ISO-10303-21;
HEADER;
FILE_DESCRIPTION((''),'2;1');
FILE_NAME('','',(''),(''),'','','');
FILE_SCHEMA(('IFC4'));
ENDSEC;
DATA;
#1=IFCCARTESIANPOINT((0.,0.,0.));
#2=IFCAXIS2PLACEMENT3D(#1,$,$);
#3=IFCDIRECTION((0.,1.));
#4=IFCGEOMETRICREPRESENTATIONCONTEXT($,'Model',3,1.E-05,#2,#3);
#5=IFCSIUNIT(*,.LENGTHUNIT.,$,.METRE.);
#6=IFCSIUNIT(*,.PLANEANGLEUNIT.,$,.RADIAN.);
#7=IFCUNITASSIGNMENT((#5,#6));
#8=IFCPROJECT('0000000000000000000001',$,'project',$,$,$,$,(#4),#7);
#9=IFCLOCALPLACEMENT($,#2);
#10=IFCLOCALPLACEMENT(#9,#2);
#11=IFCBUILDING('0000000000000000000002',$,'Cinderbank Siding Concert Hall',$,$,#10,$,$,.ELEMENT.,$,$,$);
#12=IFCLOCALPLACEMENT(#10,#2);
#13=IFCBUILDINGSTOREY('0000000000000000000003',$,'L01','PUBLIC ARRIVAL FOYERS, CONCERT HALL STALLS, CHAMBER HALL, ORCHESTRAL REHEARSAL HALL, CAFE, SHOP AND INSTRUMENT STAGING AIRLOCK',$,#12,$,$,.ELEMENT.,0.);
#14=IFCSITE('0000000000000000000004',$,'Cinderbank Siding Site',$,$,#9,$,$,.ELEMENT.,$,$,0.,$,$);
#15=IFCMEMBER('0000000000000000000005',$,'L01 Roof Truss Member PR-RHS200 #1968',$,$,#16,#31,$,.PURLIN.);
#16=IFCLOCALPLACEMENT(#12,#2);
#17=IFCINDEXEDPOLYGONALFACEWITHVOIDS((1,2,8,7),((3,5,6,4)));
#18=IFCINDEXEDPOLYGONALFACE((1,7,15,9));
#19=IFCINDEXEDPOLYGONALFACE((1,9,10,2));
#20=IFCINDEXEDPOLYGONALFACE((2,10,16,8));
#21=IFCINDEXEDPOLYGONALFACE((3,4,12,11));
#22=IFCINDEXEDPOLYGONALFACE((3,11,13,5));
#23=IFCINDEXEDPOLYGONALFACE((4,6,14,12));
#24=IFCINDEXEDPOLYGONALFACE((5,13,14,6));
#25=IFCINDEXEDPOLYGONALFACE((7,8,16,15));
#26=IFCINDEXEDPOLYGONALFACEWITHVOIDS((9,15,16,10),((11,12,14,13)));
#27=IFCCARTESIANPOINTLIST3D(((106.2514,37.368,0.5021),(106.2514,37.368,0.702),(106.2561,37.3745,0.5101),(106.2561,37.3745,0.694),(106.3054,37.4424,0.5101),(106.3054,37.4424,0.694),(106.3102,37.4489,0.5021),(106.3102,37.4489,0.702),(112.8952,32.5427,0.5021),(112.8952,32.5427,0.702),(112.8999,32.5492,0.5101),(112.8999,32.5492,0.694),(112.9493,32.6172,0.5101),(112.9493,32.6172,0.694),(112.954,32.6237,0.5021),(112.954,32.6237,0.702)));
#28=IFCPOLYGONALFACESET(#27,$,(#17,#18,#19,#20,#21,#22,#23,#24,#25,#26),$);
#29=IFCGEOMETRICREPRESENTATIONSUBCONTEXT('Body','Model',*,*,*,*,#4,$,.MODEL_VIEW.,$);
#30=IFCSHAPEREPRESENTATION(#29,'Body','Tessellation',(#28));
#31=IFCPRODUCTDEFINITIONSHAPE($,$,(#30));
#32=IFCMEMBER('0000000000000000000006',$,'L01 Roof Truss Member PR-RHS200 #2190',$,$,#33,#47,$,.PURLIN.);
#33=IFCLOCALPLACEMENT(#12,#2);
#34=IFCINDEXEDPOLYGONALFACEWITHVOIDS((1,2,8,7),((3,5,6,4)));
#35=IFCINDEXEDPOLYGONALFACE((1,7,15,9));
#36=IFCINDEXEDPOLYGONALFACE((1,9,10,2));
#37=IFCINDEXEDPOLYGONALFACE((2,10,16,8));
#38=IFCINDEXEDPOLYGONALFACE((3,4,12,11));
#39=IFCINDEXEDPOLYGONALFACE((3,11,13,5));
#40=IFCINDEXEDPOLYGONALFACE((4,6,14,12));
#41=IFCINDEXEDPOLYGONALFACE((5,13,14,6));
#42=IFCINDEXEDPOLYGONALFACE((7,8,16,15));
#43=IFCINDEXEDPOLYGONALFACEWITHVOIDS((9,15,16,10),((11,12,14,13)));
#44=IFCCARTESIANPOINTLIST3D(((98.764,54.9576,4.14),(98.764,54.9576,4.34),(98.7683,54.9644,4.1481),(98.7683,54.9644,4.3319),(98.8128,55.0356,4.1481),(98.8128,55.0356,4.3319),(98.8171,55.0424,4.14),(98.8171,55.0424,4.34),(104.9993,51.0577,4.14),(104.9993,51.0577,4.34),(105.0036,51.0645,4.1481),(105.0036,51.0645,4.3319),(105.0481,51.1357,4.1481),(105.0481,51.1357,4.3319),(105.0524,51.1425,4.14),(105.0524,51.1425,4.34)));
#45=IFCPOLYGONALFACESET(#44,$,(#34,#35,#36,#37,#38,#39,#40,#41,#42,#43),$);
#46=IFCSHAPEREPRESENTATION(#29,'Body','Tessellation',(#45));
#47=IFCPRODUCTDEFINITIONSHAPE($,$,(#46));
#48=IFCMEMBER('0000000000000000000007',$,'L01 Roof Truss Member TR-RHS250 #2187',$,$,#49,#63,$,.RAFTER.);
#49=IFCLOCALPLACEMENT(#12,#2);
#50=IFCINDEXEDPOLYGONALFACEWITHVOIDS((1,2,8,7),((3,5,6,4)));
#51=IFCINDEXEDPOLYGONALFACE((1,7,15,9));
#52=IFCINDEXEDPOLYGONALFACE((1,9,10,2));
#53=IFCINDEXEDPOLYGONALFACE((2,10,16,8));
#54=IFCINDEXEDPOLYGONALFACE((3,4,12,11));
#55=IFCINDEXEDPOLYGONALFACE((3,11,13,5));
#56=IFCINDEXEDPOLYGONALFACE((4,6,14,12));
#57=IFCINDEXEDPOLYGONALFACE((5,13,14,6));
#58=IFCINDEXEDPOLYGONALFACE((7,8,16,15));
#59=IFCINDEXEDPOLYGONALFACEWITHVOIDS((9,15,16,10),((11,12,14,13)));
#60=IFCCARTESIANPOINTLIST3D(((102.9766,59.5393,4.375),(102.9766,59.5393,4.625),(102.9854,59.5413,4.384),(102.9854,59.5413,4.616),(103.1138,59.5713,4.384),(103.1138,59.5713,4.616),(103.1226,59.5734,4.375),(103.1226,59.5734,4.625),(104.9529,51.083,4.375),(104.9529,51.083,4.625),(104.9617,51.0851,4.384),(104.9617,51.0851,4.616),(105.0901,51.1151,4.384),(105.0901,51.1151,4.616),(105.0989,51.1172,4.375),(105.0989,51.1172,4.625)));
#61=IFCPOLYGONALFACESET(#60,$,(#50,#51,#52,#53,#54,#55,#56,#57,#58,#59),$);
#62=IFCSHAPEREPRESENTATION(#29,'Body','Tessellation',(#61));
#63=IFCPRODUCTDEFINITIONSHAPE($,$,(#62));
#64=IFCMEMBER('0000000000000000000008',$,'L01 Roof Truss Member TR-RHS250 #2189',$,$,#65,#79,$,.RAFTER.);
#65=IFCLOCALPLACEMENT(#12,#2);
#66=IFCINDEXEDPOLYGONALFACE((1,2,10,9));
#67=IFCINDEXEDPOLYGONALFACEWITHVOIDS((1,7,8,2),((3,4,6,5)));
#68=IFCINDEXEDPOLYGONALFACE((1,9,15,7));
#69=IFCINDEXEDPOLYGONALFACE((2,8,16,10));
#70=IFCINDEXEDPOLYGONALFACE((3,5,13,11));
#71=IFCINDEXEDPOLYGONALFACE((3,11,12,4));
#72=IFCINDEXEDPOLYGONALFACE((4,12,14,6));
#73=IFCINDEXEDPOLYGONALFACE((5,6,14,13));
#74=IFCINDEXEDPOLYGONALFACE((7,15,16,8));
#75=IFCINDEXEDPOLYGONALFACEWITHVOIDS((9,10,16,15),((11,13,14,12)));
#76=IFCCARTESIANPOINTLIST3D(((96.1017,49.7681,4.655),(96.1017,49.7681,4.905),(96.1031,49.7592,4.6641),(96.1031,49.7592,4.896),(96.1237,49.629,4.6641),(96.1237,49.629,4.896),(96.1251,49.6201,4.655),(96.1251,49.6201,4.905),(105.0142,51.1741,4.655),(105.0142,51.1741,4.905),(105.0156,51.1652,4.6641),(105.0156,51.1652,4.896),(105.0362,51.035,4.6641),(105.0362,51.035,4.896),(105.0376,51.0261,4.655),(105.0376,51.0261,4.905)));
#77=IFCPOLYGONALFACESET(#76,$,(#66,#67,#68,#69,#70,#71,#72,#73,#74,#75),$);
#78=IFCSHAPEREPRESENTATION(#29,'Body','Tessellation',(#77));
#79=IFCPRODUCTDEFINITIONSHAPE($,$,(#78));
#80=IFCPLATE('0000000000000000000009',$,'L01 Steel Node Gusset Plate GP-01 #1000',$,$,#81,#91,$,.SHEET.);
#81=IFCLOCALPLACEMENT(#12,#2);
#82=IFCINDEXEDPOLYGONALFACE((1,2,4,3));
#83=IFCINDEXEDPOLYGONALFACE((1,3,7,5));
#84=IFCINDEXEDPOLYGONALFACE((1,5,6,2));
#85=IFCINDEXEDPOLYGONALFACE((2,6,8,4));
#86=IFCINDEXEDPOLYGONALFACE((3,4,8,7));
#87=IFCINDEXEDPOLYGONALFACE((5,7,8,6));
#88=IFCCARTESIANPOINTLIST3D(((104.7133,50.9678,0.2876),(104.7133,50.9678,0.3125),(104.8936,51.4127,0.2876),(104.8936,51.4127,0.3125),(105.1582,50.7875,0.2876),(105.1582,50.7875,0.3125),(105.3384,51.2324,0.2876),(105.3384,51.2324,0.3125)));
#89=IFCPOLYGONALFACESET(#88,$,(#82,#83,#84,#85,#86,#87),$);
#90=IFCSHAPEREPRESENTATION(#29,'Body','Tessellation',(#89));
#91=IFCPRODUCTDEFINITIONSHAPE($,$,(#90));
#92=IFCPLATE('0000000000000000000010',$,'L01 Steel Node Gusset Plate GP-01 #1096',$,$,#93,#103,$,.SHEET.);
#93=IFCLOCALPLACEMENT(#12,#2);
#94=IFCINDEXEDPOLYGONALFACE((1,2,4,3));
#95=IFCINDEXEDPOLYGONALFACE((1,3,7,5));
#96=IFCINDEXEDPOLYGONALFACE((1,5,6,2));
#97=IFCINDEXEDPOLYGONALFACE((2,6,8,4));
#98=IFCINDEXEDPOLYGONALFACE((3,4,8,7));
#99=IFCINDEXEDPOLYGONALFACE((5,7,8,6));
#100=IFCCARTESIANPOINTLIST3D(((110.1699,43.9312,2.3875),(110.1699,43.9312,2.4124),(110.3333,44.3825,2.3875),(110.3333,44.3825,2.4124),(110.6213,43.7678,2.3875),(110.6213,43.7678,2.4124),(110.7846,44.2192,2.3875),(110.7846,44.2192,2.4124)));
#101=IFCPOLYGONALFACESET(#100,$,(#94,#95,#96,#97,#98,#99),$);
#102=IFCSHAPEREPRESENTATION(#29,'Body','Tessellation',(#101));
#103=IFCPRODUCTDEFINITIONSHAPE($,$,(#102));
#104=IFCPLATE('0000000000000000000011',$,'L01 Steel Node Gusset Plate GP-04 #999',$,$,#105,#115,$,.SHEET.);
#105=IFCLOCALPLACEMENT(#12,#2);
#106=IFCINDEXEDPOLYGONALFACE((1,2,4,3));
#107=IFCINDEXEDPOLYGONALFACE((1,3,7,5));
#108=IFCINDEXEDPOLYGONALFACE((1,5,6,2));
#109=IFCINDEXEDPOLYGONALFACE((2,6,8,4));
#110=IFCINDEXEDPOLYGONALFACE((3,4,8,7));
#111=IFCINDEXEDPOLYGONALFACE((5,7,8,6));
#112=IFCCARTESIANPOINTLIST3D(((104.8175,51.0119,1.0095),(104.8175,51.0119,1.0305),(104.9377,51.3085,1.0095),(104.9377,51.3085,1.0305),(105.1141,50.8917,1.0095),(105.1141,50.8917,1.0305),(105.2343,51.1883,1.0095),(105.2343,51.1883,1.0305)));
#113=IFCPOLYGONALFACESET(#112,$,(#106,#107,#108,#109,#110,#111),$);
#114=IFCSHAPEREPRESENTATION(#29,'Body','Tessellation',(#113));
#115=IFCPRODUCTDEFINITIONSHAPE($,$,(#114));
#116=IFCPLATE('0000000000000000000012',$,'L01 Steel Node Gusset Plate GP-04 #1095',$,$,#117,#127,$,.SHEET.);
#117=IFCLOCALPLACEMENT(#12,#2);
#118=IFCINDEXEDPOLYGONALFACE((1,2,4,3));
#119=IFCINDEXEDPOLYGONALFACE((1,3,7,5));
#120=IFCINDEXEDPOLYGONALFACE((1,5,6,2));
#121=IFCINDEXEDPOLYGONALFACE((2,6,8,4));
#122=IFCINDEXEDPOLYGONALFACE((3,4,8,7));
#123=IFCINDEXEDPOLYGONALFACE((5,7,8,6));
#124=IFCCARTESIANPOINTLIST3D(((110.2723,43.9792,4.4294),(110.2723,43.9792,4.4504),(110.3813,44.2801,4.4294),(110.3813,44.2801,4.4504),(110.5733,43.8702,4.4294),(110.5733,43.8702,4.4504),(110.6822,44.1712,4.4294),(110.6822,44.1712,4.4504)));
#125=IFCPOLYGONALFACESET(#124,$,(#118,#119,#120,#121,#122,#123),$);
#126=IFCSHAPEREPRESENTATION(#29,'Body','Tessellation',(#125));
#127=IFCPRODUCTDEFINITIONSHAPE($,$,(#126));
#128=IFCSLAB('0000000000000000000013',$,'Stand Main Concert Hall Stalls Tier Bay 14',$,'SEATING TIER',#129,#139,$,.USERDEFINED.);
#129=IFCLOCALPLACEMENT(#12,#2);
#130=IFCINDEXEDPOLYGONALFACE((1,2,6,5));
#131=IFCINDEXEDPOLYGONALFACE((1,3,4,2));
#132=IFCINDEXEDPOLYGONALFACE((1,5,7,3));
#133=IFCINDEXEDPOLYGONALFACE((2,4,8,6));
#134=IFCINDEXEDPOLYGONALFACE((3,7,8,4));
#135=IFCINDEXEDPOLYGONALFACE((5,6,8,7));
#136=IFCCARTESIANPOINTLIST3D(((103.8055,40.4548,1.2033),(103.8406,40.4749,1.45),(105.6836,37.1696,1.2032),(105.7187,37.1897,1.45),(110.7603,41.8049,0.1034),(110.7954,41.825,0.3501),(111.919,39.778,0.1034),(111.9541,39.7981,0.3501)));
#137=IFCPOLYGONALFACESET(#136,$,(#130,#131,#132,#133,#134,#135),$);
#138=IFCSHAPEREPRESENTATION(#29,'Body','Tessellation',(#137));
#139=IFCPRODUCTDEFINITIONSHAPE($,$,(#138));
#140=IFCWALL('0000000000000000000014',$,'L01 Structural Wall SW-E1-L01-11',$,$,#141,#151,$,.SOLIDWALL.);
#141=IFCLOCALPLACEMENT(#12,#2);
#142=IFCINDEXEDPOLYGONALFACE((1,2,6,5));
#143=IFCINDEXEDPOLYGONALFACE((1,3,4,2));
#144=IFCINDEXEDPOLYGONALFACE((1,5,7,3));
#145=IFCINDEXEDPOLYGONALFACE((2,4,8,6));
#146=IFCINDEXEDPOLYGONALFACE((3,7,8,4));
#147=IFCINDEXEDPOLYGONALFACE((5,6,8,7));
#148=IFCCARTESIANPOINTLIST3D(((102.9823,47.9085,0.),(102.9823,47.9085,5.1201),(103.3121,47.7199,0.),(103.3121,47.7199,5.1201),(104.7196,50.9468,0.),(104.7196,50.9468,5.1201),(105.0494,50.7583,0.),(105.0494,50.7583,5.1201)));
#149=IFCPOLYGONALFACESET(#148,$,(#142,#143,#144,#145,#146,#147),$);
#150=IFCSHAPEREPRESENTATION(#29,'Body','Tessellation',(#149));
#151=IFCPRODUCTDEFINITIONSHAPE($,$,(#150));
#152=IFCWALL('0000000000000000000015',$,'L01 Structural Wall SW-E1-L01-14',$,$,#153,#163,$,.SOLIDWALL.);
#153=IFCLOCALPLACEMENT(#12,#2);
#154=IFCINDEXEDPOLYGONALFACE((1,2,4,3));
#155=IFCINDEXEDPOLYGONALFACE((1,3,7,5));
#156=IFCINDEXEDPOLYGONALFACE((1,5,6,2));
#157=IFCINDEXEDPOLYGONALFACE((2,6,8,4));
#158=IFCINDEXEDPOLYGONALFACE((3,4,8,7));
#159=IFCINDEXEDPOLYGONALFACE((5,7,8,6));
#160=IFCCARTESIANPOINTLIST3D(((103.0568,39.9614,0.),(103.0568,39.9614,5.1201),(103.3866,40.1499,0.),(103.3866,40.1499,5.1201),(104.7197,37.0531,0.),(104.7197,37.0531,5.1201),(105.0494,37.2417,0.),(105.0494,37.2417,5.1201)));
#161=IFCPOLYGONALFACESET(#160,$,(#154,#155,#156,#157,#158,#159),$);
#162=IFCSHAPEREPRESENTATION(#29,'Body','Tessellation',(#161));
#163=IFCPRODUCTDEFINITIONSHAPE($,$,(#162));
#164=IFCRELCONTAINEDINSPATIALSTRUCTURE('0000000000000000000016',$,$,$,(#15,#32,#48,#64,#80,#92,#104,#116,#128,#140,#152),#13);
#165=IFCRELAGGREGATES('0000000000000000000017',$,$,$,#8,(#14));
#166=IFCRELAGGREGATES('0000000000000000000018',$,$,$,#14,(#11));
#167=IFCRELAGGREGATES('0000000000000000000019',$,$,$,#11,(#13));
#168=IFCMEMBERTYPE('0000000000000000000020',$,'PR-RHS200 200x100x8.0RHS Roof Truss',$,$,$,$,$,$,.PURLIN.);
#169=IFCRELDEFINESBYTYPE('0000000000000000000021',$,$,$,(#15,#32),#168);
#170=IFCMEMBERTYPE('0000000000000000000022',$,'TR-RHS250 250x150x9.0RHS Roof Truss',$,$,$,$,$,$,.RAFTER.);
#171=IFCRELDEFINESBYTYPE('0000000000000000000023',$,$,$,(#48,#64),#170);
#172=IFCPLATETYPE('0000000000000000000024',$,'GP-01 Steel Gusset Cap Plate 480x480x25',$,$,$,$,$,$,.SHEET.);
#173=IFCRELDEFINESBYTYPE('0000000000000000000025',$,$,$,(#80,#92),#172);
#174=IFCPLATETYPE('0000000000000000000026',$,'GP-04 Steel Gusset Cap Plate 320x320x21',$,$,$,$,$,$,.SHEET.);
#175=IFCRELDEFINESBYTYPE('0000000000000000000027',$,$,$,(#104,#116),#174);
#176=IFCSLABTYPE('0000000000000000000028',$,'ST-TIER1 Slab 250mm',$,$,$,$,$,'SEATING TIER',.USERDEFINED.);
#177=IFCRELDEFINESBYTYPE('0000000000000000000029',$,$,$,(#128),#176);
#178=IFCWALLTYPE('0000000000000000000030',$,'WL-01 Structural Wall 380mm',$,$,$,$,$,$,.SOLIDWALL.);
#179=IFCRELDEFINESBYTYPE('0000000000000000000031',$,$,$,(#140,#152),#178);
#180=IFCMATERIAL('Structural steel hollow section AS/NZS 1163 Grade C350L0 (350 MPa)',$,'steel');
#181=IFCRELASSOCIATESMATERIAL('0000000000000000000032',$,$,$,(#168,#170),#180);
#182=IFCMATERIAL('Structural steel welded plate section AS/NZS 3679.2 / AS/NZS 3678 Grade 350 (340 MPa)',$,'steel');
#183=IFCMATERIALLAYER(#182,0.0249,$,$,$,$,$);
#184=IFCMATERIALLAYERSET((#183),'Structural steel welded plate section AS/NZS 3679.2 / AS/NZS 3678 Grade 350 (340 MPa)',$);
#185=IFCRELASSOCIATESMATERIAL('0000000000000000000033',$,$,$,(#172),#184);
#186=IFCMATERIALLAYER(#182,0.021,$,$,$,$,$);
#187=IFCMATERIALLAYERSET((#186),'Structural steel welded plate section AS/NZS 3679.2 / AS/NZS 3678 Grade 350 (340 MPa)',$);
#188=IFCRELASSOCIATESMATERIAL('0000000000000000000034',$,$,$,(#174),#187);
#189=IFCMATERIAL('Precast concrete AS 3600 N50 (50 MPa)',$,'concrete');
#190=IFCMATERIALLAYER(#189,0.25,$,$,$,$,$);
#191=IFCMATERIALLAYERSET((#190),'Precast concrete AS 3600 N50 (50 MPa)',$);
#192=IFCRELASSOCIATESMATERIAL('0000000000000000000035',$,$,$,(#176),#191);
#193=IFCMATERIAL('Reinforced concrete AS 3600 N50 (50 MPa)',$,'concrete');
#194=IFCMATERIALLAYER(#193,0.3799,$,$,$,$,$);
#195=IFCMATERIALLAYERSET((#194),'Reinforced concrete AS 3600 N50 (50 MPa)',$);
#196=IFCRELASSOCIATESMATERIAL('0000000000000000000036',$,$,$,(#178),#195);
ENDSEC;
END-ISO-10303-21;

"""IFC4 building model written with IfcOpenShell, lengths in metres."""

from ifc_helpers import new_model, si_unit, direction, frame, frame_2d, origin, origin_2d, place, context, subcontext, project, spatial, polyline, rectangle, hollow_rectangle, outline, extrude, material, layer, layer_set, material_profile, profile_set, type_object, element, save


model = new_model("IFC4")

# Units and contexts
model_context = context("Model", 3, precision=1e-05, world=origin(), true_north=direction((0.0, 1.0)))
body_context = subcontext(model_context, "Body", "Model", "MODEL_VIEW")
ifc_project = project(units=[si_unit("LENGTHUNIT", "METRE"), si_unit("PLANEANGLEUNIT", "RADIAN")], contexts=[model_context])

# Site, building, storey
site_placement = place(None, origin())
site = spatial("IfcSite", under=ifc_project, at=site_placement, Name="Cinderbank Siding Site", CompositionType="ELEMENT", RefElevation=0.0)
building_placement = place(site_placement, origin())
building = spatial("IfcBuilding", under=site, at=building_placement, Name="Cinderbank Siding Concert Hall", CompositionType="ELEMENT")
storey_placement = place(building_placement, origin())
storey = spatial("IfcBuildingStorey", under=building, at=storey_placement, Name="L01", Description="PUBLIC ARRIVAL FOYERS, CONCERT HALL STALLS, CHAMBER HALL, ORCHESTRAL REHEARSAL HALL, CAFE, SHOP AND INSTRUMENT STAGING AIRLOCK", CompositionType="ELEMENT", Elevation=0.0)

# Shared definitions
ifc_material_1 = material(Name="Reinforced concrete AS 3600 N50 (50 MPa)", Category="concrete")
ifc_material_2 = material(Name="Structural steel welded plate section AS/NZS 3679.2 / AS/NZS 3678 Grade 350 (340 MPa)", Category="steel")

# Members
ifc_material_3 = material(Name="Structural steel hollow section AS/NZS 1163 Grade C350L0 (350 MPa)", Category="steel")
ifc_material_profile_1 = material_profile(ifc_material_3, hollow_rectangle(XDim=0.1001, YDim=0.2, WallThickness=0.0081, at=origin_2d()), Name="200x100x8.0RHS", Category="LoadBearing")
ifc_profile_set_1 = profile_set([ifc_material_profile_1], Name="Structural steel hollow section AS/NZS 1163 Grade C350L0 (350 MPa)")
member_type_1 = type_object("IfcMemberType", Name="PR-RHS200 200x100x8.0RHS Roof Truss", PredefinedType="PURLIN", material=ifc_profile_set_1)
member_1_placement = place(storey_placement, frame((106.2808, 37.4084, 0.6021), z_axis=(0.809122, -0.587641, 0.0), x_axis=(0.587641, 0.809122, 0.0)))
element("IfcMember", 1, at=member_1_placement, inside=storey, type_object=member_type_1, Name="L01 Roof Truss Member PR-RHS200 #1968", PredefinedType="PURLIN", context=body_context, shape_type="SweptSolid", body=[
    extrude(hollow_rectangle(XDim=0.1001, YDim=0.2, WallThickness=0.0081, at=origin_2d()), origin(), (0.0, 0.0, 1.0), 8.2112),
])
member_2_placement = place(storey_placement, frame((105.0259, 51.1001, 4.24), z_axis=(-0.847827, 0.530273, 0.0), x_axis=(-0.530273, -0.847827, 0.0)))
element("IfcMember", 2, at=member_2_placement, inside=storey, type_object=member_type_1, Name="L01 Roof Truss Member PR-RHS200 #2190", PredefinedType="PURLIN", context=body_context, shape_type="SweptSolid", body=[
    extrude(hollow_rectangle(XDim=0.1001, YDim=0.2, WallThickness=0.0081, at=origin_2d()), origin(), (0.0, 0.0, 1.0), 7.3545),
])
ifc_material_profile_2 = material_profile(ifc_material_3, hollow_rectangle(XDim=0.1499, YDim=0.25, WallThickness=0.009, at=origin_2d()), Name="250x150x9.0RHS", Category="LoadBearing")
ifc_profile_set_2 = profile_set([ifc_material_profile_2], Name="Structural steel hollow section AS/NZS 1163 Grade C350L0 (350 MPa)")
member_type_2 = type_object("IfcMemberType", Name="TR-RHS250 250x150x9.0RHS Roof Truss", PredefinedType="RAFTER", material=ifc_profile_set_2)
member_3_placement = place(storey_placement, frame((105.0259, 51.1001, 4.5), z_axis=(-0.227577, 0.97376, 0.0), x_axis=(-0.97376, -0.227577, 0.0)))
element("IfcMember", 3, at=member_3_placement, inside=storey, type_object=member_type_2, Name="L01 Roof Truss Member TR-RHS250 #2187", PredefinedType="RAFTER", context=body_context, shape_type="SweptSolid", body=[
    extrude(hollow_rectangle(XDim=0.1499, YDim=0.25, WallThickness=0.009, at=origin_2d()), origin(), (0.0, 0.0, 1.0), 8.6841),
])
member_4_placement = place(storey_placement, frame((105.0259, 51.1001, 4.78), z_axis=(-0.987784, -0.155828, 0.0), x_axis=(0.155828, -0.987784, 0.0)))
element("IfcMember", 4, at=member_4_placement, inside=storey, type_object=member_type_2, Name="L01 Roof Truss Member TR-RHS250 #2189", PredefinedType="RAFTER", context=body_context, shape_type="SweptSolid", body=[
    extrude(hollow_rectangle(XDim=0.1499, YDim=0.25, WallThickness=0.009, at=origin_2d()), origin(), (0.0, 0.0, 1.0), 9.0227),
])

# Plates
ifc_layer_1 = layer(ifc_material_2, 0.0249)
ifc_layer_set_1 = layer_set([ifc_layer_1], Name="Structural steel welded plate section AS/NZS 3679.2 / AS/NZS 3678 Grade 350 (340 MPa)")
plate_type_1 = type_object("IfcPlateType", Name="GP-01 Steel Gusset Cap Plate 480x480x25", PredefinedType="SHEET", material=ifc_layer_set_1)
for number, where, z_axis, x_axis, name in (
    (5, (105.0259, 51.1001, 0.2876), (0.0, 0.0, 1.0), (0.926791, -0.375577, 0.0), "L01 Steel Node Gusset Plate GP-01 #1000"),
    (6, (110.4773, 44.0752, 2.3875), (0.0, 0.0, 1.0), (0.34038, 0.940288, 0.0), "L01 Steel Node Gusset Plate GP-01 #1096"),
):
    element("IfcPlate", number, at=place(storey_placement, frame(where, z_axis=z_axis, x_axis=x_axis)), inside=storey, type_object=plate_type_1, Name=name, PredefinedType="SHEET", context=body_context, shape_type="SweptSolid", body=[
        extrude(rectangle(XDim=0.48, YDim=0.48, at=origin_2d()), origin(), (0.0, 0.0, 1.0), 0.0249),
    ])
ifc_layer_2 = layer(ifc_material_2, 0.021)
ifc_layer_set_2 = layer_set([ifc_layer_2], Name="Structural steel welded plate section AS/NZS 3679.2 / AS/NZS 3678 Grade 350 (340 MPa)")
plate_type_2 = type_object("IfcPlateType", Name="GP-04 Steel Gusset Cap Plate 320x320x21", PredefinedType="SHEET", material=ifc_layer_set_2)
for number, where, z_axis, x_axis, name in (
    (7, (105.0259, 51.1001, 1.0095), (0.0, 0.0, 1.0), (-0.926791, 0.375577, 0.0), "L01 Steel Node Gusset Plate GP-04 #999"),
    (8, (110.4773, 44.0752, 4.4294), (0.0, 0.0, 1.0), (-0.34038, -0.940288, 0.0), "L01 Steel Node Gusset Plate GP-04 #1095"),
):
    element("IfcPlate", number, at=place(storey_placement, frame(where, z_axis=z_axis, x_axis=x_axis)), inside=storey, type_object=plate_type_2, Name=name, PredefinedType="SHEET", context=body_context, shape_type="SweptSolid", body=[
        extrude(rectangle(XDim=0.3201, YDim=0.3201, at=origin_2d()), origin(), (0.0, 0.0, 1.0), 0.021),
    ])

# Slab
ifc_material_4 = material(Name="Precast concrete AS 3600 N50 (50 MPa)", Category="concrete")
ifc_layer_3 = layer(ifc_material_4, 0.25)
ifc_layer_set_3 = layer_set([ifc_layer_3], Name="Precast concrete AS 3600 N50 (50 MPa)")
slab_type = type_object("IfcSlabType", Name="ST-TIER1 Slab 250mm", ElementType="SEATING TIER", PredefinedType="USERDEFINED", material=ifc_layer_set_3)
slab_1_placement = place(storey_placement, frame((110.7954, 41.825, 0.3501), z_axis=(0.14047, 0.080306, 0.986823), x_axis=(0.496297, -0.868153, 0.000003)))
element("IfcSlab", 9, at=slab_1_placement, inside=storey, type_object=slab_type, Name="Stand Main Concert Hall Stalls Tier Bay 14", ObjectType="SEATING TIER", PredefinedType="USERDEFINED", context=body_context, shape_type="SweptSolid", body=[
    extrude(outline(polyline([(0.0, 0.0), (2.3347, 0.0), (1.5046, -6.7974), (-2.2796, -6.7975), (0.0, 0.0)])), origin(), (0.0, 0.0, -1.0), 0.25),
])

# Walls
ifc_layer_4 = layer(ifc_material_1, 0.3799)
ifc_layer_set_4 = layer_set([ifc_layer_4], Name="Reinforced concrete AS 3600 N50 (50 MPa)")
wall_type = type_object("IfcWallType", Name="WL-01 Structural Wall 380mm", PredefinedType="SOLIDWALL", material=ifc_layer_set_4)
wall_1_placement = place(storey_placement, frame((104.8845, 50.8525, 0.0), z_axis=(0.0, 0.0, 1.0), x_axis=(-0.496379, -0.868106, 0.0)))
element("IfcWall", 10, at=wall_1_placement, inside=storey, type_object=wall_type, Name="L01 Structural Wall SW-E1-L01-11", PredefinedType="SOLIDWALL", context=body_context, shape_type="SweptSolid", body=[
    extrude(rectangle(XDim=3.5, YDim=0.3799, at=frame_2d((1.75, 0.0))), origin(), (0.0, 0.0, 1.0), 5.1201),
])
wall_2_placement = place(storey_placement, frame((103.2217, 40.0557, 0.0), z_axis=(0.0, 0.0, 1.0), x_axis=(0.496367, -0.868113, 0.0)))
element("IfcWall", 11, at=wall_2_placement, inside=storey, type_object=wall_type, Name="L01 Structural Wall SW-E1-L01-14", PredefinedType="SOLIDWALL", context=body_context, shape_type="SweptSolid", body=[
    extrude(rectangle(XDim=3.3501, YDim=0.3799, at=frame_2d((1.675, 0.0))), origin(), (0.0, 0.0, 1.0), 5.1201),
])

save(model, "model.ifc")
